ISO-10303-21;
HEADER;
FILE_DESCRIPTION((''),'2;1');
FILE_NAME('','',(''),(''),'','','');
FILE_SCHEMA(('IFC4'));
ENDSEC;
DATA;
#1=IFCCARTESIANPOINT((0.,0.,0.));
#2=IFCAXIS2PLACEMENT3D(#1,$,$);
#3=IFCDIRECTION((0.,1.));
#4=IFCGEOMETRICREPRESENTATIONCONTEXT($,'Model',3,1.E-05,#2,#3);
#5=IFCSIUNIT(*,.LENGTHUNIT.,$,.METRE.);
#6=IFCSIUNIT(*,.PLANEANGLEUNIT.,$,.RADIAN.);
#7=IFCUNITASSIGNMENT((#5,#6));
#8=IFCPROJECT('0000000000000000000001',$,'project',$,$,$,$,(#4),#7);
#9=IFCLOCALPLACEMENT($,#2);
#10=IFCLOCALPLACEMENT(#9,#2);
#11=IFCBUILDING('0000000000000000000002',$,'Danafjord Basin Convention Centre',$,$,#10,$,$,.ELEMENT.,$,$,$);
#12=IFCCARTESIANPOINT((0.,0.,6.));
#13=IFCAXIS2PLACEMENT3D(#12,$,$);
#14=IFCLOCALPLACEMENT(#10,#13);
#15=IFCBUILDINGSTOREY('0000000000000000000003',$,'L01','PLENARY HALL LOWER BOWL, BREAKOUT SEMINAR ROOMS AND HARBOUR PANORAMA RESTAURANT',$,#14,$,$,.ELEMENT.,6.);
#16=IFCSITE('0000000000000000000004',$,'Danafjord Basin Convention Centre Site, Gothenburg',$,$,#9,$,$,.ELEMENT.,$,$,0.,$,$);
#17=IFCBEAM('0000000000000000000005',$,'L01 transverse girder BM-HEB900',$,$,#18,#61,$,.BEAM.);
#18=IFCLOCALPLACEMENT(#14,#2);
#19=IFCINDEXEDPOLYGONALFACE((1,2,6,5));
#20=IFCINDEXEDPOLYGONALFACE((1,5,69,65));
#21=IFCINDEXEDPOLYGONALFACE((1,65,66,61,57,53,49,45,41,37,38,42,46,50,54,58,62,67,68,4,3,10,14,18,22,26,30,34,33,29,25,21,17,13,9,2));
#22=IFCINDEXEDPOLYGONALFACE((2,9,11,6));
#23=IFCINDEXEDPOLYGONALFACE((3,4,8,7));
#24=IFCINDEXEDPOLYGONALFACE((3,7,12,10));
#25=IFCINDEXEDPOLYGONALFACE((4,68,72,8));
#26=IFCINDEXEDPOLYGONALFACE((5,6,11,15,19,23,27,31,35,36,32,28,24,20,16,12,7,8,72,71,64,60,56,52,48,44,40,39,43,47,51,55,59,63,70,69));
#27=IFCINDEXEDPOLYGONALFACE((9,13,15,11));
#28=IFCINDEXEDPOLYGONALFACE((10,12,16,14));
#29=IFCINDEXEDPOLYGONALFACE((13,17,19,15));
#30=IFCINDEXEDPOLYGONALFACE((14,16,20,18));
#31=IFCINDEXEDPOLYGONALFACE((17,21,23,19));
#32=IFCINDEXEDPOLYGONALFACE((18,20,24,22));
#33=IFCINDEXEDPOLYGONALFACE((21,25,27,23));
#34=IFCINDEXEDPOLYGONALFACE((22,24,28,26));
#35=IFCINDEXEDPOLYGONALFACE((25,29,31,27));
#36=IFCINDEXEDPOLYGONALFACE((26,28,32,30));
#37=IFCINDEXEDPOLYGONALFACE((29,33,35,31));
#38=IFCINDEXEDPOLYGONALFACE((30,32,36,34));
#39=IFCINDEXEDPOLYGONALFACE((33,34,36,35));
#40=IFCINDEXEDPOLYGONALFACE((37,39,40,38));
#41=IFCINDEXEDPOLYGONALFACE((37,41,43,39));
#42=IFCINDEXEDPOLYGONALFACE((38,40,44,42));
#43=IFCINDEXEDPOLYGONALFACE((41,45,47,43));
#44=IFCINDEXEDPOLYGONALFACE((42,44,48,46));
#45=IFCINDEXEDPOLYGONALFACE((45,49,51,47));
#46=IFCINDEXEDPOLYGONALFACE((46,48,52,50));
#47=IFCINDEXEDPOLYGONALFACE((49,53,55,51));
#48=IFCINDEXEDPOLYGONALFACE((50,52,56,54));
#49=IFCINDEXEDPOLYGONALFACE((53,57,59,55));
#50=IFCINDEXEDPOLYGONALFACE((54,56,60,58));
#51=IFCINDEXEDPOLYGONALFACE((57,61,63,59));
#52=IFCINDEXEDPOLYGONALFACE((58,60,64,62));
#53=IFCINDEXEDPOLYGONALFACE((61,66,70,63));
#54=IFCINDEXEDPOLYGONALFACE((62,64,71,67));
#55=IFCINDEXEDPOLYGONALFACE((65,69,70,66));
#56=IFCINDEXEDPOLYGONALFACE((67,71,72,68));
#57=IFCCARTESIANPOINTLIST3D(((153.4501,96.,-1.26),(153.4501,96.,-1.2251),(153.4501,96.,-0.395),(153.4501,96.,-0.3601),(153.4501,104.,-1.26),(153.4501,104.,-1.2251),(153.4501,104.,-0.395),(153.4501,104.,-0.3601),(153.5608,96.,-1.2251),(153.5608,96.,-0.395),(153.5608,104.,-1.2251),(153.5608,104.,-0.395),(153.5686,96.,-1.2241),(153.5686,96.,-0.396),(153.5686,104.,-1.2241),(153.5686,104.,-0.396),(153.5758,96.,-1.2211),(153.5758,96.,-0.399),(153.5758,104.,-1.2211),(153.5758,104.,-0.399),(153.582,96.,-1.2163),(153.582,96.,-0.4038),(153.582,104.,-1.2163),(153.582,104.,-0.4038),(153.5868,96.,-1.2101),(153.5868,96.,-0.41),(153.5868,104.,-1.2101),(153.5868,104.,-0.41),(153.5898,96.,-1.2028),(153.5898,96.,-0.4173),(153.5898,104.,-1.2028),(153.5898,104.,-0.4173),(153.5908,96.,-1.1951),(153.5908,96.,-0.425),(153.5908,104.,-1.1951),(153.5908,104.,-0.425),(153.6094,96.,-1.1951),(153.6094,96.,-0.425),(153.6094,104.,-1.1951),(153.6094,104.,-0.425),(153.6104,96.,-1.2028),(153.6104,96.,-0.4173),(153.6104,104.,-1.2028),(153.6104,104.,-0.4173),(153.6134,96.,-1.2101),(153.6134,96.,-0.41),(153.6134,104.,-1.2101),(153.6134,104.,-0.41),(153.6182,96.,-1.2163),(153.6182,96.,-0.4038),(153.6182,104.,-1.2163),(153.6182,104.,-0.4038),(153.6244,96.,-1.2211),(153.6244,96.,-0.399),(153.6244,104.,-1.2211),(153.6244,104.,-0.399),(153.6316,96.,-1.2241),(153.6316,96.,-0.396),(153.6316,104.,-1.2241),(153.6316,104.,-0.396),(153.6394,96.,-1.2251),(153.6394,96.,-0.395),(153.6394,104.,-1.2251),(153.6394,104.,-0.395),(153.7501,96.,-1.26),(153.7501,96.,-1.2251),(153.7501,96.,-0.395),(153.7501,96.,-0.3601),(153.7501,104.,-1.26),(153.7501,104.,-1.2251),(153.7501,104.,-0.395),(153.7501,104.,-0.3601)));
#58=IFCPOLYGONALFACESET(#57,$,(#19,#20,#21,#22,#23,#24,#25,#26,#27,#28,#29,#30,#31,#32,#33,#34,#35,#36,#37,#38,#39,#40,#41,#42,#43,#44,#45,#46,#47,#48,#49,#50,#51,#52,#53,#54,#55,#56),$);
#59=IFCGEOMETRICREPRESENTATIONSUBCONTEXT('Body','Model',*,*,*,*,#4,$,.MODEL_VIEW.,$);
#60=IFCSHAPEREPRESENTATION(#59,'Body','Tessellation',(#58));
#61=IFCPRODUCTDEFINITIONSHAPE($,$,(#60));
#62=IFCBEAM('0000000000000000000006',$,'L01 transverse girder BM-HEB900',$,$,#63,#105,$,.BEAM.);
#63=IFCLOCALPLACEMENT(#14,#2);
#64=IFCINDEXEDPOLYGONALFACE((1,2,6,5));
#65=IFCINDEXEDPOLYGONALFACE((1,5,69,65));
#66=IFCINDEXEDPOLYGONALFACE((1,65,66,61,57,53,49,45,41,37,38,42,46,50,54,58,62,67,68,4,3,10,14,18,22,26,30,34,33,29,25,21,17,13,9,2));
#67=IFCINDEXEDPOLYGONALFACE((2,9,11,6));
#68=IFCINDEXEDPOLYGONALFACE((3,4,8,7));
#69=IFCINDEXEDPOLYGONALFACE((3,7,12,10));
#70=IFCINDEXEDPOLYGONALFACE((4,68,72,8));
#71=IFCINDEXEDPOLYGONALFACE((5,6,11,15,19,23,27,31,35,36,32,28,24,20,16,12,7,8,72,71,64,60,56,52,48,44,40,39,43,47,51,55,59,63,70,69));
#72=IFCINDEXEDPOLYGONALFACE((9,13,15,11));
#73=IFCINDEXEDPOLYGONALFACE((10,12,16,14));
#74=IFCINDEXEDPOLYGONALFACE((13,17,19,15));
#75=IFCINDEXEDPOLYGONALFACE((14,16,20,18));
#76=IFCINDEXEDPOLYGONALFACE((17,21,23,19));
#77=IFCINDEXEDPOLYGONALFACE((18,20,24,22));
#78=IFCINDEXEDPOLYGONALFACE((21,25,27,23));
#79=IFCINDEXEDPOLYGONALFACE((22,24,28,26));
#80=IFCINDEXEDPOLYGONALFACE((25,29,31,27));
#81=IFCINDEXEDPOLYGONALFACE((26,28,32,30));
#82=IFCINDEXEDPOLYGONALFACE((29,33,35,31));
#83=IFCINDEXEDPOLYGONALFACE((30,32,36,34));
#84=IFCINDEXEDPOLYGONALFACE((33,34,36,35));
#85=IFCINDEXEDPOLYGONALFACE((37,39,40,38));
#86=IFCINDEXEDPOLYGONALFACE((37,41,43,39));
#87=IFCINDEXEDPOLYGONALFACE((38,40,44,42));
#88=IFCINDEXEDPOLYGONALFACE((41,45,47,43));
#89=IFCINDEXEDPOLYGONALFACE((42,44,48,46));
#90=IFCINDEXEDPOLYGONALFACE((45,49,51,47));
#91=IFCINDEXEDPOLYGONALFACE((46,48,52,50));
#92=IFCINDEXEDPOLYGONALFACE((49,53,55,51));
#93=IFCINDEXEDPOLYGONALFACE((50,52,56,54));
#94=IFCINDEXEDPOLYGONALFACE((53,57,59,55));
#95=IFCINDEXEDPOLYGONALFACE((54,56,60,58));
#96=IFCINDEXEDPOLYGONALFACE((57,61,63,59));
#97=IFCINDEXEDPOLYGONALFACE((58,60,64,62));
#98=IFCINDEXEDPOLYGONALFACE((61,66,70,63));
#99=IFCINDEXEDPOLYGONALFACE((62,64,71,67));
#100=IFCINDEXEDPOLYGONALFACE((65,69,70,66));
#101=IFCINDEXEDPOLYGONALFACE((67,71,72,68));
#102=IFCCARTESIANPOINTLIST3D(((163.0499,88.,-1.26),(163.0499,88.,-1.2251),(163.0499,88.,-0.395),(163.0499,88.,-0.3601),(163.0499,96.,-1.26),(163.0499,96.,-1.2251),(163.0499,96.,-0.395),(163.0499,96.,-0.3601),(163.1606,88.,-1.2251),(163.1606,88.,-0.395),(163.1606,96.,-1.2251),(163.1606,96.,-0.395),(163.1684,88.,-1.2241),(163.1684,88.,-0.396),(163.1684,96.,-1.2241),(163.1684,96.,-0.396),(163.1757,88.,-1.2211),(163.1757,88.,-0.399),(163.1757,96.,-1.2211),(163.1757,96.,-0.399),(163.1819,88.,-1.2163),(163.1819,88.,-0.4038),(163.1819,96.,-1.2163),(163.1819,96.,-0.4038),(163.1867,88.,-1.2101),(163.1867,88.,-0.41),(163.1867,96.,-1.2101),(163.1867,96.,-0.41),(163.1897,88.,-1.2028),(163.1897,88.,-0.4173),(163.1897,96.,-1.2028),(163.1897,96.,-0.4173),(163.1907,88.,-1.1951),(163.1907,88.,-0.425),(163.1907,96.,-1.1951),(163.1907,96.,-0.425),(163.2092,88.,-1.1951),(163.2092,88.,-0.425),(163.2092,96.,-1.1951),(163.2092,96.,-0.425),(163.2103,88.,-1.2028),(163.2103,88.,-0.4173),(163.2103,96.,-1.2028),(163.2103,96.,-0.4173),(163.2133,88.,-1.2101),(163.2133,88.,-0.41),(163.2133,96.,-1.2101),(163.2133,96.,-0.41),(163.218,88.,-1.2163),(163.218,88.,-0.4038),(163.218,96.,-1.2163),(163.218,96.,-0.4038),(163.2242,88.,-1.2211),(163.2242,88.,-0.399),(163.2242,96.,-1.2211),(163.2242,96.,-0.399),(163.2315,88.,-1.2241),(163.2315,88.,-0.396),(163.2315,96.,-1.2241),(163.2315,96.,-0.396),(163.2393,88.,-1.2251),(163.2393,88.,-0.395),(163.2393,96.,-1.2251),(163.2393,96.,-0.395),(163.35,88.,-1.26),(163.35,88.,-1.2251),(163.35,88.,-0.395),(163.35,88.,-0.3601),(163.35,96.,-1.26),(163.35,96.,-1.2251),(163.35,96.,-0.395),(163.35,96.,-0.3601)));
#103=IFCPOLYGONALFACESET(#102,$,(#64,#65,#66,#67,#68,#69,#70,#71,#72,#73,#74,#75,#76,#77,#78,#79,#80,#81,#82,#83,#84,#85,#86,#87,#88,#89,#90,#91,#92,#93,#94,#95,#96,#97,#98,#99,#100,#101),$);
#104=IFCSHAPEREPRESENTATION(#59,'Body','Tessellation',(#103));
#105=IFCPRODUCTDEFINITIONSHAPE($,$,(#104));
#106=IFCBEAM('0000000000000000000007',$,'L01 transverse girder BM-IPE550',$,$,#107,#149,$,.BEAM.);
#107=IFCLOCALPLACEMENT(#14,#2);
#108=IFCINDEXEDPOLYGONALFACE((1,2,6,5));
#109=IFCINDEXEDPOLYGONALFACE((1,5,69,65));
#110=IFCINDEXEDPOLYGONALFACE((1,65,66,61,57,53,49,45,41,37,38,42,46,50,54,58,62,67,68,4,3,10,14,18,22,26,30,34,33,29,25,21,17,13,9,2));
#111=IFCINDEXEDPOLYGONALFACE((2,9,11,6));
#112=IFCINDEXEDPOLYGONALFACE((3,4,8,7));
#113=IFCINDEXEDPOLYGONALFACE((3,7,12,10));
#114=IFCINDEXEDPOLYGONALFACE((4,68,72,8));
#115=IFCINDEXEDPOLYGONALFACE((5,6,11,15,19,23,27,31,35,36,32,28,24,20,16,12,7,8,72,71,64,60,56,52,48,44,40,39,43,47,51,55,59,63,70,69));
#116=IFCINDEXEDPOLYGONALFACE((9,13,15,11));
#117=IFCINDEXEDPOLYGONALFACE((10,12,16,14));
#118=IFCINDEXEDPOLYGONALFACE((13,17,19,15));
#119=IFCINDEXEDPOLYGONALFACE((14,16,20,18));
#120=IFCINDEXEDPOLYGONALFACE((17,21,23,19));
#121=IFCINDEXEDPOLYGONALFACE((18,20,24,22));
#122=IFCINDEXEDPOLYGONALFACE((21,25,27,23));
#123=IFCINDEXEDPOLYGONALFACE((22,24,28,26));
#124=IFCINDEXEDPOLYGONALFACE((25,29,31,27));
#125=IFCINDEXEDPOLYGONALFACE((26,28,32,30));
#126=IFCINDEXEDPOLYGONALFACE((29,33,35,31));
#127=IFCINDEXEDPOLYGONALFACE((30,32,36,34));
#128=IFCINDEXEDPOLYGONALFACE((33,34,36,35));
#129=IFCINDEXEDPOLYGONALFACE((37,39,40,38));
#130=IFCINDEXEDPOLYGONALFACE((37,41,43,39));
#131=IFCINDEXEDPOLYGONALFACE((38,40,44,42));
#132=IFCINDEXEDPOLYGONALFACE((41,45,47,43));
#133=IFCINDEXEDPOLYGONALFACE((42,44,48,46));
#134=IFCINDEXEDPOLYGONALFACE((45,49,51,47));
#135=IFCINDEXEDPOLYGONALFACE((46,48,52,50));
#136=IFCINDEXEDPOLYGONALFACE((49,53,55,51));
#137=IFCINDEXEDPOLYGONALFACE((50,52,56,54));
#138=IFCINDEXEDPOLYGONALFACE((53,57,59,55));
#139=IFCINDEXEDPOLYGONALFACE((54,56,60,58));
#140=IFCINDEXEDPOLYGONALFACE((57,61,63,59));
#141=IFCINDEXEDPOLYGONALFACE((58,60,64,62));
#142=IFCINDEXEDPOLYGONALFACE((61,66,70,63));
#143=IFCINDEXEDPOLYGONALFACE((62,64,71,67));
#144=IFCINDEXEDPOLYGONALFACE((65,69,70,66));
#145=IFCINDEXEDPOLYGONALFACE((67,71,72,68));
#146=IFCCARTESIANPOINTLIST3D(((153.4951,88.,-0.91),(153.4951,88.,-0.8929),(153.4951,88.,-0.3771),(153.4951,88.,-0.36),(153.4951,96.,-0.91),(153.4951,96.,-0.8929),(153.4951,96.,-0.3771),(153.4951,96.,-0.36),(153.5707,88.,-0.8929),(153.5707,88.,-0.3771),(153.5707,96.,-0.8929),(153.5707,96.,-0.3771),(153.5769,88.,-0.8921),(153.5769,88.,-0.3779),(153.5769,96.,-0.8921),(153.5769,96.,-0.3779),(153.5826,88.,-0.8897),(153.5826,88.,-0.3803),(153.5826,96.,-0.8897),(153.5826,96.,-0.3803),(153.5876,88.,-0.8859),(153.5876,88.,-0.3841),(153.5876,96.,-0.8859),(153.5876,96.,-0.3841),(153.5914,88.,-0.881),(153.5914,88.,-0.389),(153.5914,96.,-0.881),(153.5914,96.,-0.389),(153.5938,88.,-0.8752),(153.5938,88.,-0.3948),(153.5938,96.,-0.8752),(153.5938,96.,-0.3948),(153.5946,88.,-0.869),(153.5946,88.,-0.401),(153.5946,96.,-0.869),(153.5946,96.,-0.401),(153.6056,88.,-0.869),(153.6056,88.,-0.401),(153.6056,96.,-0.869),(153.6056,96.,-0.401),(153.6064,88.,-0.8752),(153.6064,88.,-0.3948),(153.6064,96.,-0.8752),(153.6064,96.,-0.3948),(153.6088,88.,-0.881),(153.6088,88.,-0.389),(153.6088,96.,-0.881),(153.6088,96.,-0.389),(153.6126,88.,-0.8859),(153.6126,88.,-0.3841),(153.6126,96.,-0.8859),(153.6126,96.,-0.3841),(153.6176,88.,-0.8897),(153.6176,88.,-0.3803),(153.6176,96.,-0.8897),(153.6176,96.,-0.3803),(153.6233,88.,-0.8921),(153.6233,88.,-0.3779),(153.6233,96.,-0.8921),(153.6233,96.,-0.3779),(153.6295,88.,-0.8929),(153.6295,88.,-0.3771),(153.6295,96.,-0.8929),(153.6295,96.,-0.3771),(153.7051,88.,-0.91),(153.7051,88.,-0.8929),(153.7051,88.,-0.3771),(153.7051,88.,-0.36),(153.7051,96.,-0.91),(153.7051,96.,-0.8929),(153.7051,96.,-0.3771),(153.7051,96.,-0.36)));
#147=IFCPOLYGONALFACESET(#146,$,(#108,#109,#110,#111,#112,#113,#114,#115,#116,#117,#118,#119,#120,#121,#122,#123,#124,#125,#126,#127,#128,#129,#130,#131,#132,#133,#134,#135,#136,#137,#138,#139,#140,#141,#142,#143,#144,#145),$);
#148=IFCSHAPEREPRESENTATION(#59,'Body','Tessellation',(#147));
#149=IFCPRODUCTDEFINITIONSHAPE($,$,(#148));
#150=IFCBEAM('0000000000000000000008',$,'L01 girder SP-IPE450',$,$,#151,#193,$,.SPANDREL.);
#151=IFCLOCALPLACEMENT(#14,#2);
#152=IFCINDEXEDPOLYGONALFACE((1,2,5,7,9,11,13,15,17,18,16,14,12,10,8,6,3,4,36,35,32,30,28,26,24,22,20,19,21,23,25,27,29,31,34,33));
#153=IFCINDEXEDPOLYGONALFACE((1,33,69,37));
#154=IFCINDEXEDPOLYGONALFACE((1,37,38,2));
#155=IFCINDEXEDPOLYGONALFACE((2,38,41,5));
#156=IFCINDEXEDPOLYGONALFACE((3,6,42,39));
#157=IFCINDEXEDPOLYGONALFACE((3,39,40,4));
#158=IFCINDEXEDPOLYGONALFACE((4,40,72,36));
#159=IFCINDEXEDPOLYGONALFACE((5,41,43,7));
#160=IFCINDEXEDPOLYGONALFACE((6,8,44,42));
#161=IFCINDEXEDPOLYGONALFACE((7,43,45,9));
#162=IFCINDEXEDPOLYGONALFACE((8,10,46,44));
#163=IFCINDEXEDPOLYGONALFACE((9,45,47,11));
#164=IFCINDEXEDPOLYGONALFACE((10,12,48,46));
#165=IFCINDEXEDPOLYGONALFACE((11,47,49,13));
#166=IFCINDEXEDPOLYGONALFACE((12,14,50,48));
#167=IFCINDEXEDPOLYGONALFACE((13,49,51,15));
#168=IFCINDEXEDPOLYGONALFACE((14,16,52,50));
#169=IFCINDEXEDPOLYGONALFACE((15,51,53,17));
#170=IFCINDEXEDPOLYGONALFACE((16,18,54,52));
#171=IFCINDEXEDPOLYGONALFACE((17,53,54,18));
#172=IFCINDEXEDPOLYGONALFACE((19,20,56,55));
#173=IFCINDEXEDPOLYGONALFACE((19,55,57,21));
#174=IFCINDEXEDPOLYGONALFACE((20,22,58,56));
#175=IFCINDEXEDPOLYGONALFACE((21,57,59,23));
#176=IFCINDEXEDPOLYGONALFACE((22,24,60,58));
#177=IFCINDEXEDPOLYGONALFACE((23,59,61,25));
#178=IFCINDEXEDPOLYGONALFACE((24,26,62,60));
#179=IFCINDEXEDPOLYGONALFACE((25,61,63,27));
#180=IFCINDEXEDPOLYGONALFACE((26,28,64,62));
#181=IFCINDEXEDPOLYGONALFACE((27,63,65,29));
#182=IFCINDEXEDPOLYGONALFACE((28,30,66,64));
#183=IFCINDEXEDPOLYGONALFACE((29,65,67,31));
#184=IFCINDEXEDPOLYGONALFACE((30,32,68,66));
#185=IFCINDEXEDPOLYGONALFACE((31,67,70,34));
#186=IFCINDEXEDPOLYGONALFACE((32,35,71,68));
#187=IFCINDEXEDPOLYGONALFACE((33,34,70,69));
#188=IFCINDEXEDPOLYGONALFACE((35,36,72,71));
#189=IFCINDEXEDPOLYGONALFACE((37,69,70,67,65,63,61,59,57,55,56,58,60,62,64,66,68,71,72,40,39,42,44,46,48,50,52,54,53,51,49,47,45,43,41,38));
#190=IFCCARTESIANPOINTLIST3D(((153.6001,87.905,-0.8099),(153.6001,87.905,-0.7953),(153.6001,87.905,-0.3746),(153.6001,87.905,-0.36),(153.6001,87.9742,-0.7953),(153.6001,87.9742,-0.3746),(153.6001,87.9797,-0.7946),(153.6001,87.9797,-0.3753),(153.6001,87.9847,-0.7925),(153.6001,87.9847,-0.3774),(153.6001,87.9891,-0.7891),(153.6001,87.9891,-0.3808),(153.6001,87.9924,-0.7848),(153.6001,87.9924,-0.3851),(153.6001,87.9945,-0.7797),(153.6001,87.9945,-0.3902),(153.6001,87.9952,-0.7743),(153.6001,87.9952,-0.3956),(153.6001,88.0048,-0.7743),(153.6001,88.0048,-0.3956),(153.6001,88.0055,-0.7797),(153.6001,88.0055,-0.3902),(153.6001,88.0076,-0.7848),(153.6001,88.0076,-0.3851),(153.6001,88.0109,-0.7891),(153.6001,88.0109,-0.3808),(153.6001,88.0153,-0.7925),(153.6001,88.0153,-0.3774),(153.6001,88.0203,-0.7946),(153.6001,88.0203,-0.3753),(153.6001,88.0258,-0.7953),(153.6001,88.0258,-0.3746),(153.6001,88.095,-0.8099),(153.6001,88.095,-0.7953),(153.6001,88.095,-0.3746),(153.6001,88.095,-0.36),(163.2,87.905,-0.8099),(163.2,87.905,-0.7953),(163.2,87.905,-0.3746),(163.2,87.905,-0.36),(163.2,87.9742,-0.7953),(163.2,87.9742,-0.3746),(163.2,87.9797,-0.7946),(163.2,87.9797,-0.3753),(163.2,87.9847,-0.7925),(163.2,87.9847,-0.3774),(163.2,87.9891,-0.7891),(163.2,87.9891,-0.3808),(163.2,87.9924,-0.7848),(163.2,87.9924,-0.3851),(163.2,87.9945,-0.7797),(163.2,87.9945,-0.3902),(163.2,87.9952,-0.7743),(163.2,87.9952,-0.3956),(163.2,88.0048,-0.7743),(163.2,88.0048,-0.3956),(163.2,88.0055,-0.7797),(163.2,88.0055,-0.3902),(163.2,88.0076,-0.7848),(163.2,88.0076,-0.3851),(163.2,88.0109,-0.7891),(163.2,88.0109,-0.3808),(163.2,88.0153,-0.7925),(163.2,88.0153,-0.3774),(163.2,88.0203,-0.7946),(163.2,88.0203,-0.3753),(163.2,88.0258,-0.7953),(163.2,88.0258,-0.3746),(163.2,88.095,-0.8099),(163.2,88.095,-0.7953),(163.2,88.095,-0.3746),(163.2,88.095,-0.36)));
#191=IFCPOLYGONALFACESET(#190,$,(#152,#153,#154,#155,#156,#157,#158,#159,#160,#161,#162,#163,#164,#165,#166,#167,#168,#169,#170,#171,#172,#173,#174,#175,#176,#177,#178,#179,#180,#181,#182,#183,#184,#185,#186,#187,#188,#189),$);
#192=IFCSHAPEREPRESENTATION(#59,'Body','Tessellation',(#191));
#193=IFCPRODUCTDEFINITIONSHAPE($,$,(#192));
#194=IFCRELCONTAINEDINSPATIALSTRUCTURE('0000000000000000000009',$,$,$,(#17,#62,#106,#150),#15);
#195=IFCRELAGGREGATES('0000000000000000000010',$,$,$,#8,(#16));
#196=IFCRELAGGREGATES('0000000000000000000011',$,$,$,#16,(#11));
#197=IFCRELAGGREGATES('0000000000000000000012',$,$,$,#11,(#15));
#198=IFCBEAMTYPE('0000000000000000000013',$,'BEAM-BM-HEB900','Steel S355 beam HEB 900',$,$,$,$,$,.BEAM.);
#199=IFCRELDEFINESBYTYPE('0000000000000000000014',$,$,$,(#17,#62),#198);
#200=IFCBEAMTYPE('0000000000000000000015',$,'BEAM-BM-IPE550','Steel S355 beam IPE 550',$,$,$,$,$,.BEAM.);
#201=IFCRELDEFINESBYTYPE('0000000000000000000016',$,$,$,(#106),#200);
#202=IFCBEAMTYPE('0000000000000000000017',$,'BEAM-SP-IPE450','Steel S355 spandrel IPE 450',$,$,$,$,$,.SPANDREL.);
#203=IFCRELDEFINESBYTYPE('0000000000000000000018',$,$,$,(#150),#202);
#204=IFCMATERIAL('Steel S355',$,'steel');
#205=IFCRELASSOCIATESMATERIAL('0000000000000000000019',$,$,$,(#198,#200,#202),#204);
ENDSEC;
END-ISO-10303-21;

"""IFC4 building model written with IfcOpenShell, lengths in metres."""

from ifc_helpers import new_model, si_unit, direction, frame, origin, origin_2d, place, context, subcontext, project, spatial, i_section, extrude, material, material_profile, profile_set, type_object, element, save


model = new_model("IFC4")

# Units and contexts
model_context = context("Model", 3, precision=1e-05, world=origin(), true_north=direction((0.0, 1.0)))
body_context = subcontext(model_context, "Body", "Model", "MODEL_VIEW")
ifc_project = project(units=[si_unit("LENGTHUNIT", "METRE"), si_unit("PLANEANGLEUNIT", "RADIAN")], contexts=[model_context])

# Site, building, storey
site_placement = place(None, origin())
site = spatial("IfcSite", under=ifc_project, at=site_placement, Name="Danafjord Basin Convention Centre Site, Gothenburg", CompositionType="ELEMENT", RefElevation=0.0)
building_placement = place(site_placement, origin())
building = spatial("IfcBuilding", under=site, at=building_placement, Name="Danafjord Basin Convention Centre", CompositionType="ELEMENT")
storey_placement = place(building_placement, frame((0.0, 0.0, 6.0)))
storey = spatial("IfcBuildingStorey", under=building, at=storey_placement, Name="L01", Description="PLENARY HALL LOWER BOWL, BREAKOUT SEMINAR ROOMS AND HARBOUR PANORAMA RESTAURANT", CompositionType="ELEMENT", Elevation=6.0)

# Shared definitions
ifc_material_1 = material(Name="Steel S355", Category="steel")

# Beams
ifc_material_profile_1 = material_profile(ifc_material_1, i_section(OverallWidth=0.3, OverallDepth=0.8999, WebThickness=0.0186, FlangeThickness=0.0349, FilletRadius=0.03, at=origin_2d()), Name="HEB 900")
ifc_profile_set_1 = profile_set([ifc_material_profile_1], Name="Steel S355")
beam_type_1 = type_object("IfcBeamType", Name="BEAM-BM-HEB900", Description="Steel S355 beam HEB 900", PredefinedType="BEAM", material=ifc_profile_set_1)
for number, where, z_axis, x_axis, name in (
    (1, (153.6001, 96.0, -0.8101), (0.0, 1.0, 0.0), (-1.0, 0.0, 0.0), "L01 transverse girder BM-HEB900"),
    (2, (163.2, 88.0, -0.8101), (0.0, 1.0, 0.0), (-1.0, 0.0, 0.0), "L01 transverse girder BM-HEB900"),
):
    element("IfcBeam", number, at=place(storey_placement, frame(where, z_axis=z_axis, x_axis=x_axis)), inside=storey, type_object=beam_type_1, Name=name, PredefinedType="BEAM", context=body_context, shape_type="SweptSolid", body=[
        extrude(i_section(OverallWidth=0.3, OverallDepth=0.8999, WebThickness=0.0186, FlangeThickness=0.0349, FilletRadius=0.03, at=origin_2d()), origin(), (0.0, 0.0, 1.0), 8.0),
    ])
ifc_material_profile_2 = material_profile(ifc_material_1, i_section(OverallWidth=0.21, OverallDepth=0.55, WebThickness=0.011, FlangeThickness=0.0171, FilletRadius=0.0239, at=origin_2d()), Name="IPE 550")
ifc_profile_set_2 = profile_set([ifc_material_profile_2], Name="Steel S355")
beam_type_2 = type_object("IfcBeamType", Name="BEAM-BM-IPE550", Description="Steel S355 beam IPE 550", PredefinedType="BEAM", material=ifc_profile_set_2)
beam_1_placement = place(storey_placement, frame((153.6001, 88.0, -0.635), z_axis=(0.0, 1.0, 0.0), x_axis=(-1.0, 0.0, 0.0)))
element("IfcBeam", 3, at=beam_1_placement, inside=storey, type_object=beam_type_2, Name="L01 transverse girder BM-IPE550", PredefinedType="BEAM", context=body_context, shape_type="SweptSolid", body=[
    extrude(i_section(OverallWidth=0.21, OverallDepth=0.55, WebThickness=0.011, FlangeThickness=0.0171, FilletRadius=0.0239, at=origin_2d()), origin(), (0.0, 0.0, 1.0), 8.0),
])
ifc_material_profile_3 = material_profile(ifc_material_1, i_section(OverallWidth=0.1899, OverallDepth=0.45, WebThickness=0.0095, FlangeThickness=0.0146, FilletRadius=0.021, at=origin_2d()), Name="IPE 450")
ifc_profile_set_3 = profile_set([ifc_material_profile_3], Name="Steel S355")
beam_type_3 = type_object("IfcBeamType", Name="BEAM-SP-IPE450", Description="Steel S355 spandrel IPE 450", PredefinedType="SPANDREL", material=ifc_profile_set_3)
beam_2_placement = place(storey_placement, frame((153.6001, 88.0, -0.585), z_axis=(1.0, 0.0, 0.0), x_axis=(0.0, 1.0, 0.0)))
element("IfcBeam", 4, at=beam_2_placement, inside=storey, type_object=beam_type_3, Name="L01 girder SP-IPE450", PredefinedType="SPANDREL", context=body_context, shape_type="SweptSolid", body=[
    extrude(i_section(OverallWidth=0.1899, OverallDepth=0.45, WebThickness=0.0095, FlangeThickness=0.0146, FilletRadius=0.021, at=origin_2d()), origin(), (0.0, 0.0, 1.0), 9.5999),
])

save(model, "model.ifc")
